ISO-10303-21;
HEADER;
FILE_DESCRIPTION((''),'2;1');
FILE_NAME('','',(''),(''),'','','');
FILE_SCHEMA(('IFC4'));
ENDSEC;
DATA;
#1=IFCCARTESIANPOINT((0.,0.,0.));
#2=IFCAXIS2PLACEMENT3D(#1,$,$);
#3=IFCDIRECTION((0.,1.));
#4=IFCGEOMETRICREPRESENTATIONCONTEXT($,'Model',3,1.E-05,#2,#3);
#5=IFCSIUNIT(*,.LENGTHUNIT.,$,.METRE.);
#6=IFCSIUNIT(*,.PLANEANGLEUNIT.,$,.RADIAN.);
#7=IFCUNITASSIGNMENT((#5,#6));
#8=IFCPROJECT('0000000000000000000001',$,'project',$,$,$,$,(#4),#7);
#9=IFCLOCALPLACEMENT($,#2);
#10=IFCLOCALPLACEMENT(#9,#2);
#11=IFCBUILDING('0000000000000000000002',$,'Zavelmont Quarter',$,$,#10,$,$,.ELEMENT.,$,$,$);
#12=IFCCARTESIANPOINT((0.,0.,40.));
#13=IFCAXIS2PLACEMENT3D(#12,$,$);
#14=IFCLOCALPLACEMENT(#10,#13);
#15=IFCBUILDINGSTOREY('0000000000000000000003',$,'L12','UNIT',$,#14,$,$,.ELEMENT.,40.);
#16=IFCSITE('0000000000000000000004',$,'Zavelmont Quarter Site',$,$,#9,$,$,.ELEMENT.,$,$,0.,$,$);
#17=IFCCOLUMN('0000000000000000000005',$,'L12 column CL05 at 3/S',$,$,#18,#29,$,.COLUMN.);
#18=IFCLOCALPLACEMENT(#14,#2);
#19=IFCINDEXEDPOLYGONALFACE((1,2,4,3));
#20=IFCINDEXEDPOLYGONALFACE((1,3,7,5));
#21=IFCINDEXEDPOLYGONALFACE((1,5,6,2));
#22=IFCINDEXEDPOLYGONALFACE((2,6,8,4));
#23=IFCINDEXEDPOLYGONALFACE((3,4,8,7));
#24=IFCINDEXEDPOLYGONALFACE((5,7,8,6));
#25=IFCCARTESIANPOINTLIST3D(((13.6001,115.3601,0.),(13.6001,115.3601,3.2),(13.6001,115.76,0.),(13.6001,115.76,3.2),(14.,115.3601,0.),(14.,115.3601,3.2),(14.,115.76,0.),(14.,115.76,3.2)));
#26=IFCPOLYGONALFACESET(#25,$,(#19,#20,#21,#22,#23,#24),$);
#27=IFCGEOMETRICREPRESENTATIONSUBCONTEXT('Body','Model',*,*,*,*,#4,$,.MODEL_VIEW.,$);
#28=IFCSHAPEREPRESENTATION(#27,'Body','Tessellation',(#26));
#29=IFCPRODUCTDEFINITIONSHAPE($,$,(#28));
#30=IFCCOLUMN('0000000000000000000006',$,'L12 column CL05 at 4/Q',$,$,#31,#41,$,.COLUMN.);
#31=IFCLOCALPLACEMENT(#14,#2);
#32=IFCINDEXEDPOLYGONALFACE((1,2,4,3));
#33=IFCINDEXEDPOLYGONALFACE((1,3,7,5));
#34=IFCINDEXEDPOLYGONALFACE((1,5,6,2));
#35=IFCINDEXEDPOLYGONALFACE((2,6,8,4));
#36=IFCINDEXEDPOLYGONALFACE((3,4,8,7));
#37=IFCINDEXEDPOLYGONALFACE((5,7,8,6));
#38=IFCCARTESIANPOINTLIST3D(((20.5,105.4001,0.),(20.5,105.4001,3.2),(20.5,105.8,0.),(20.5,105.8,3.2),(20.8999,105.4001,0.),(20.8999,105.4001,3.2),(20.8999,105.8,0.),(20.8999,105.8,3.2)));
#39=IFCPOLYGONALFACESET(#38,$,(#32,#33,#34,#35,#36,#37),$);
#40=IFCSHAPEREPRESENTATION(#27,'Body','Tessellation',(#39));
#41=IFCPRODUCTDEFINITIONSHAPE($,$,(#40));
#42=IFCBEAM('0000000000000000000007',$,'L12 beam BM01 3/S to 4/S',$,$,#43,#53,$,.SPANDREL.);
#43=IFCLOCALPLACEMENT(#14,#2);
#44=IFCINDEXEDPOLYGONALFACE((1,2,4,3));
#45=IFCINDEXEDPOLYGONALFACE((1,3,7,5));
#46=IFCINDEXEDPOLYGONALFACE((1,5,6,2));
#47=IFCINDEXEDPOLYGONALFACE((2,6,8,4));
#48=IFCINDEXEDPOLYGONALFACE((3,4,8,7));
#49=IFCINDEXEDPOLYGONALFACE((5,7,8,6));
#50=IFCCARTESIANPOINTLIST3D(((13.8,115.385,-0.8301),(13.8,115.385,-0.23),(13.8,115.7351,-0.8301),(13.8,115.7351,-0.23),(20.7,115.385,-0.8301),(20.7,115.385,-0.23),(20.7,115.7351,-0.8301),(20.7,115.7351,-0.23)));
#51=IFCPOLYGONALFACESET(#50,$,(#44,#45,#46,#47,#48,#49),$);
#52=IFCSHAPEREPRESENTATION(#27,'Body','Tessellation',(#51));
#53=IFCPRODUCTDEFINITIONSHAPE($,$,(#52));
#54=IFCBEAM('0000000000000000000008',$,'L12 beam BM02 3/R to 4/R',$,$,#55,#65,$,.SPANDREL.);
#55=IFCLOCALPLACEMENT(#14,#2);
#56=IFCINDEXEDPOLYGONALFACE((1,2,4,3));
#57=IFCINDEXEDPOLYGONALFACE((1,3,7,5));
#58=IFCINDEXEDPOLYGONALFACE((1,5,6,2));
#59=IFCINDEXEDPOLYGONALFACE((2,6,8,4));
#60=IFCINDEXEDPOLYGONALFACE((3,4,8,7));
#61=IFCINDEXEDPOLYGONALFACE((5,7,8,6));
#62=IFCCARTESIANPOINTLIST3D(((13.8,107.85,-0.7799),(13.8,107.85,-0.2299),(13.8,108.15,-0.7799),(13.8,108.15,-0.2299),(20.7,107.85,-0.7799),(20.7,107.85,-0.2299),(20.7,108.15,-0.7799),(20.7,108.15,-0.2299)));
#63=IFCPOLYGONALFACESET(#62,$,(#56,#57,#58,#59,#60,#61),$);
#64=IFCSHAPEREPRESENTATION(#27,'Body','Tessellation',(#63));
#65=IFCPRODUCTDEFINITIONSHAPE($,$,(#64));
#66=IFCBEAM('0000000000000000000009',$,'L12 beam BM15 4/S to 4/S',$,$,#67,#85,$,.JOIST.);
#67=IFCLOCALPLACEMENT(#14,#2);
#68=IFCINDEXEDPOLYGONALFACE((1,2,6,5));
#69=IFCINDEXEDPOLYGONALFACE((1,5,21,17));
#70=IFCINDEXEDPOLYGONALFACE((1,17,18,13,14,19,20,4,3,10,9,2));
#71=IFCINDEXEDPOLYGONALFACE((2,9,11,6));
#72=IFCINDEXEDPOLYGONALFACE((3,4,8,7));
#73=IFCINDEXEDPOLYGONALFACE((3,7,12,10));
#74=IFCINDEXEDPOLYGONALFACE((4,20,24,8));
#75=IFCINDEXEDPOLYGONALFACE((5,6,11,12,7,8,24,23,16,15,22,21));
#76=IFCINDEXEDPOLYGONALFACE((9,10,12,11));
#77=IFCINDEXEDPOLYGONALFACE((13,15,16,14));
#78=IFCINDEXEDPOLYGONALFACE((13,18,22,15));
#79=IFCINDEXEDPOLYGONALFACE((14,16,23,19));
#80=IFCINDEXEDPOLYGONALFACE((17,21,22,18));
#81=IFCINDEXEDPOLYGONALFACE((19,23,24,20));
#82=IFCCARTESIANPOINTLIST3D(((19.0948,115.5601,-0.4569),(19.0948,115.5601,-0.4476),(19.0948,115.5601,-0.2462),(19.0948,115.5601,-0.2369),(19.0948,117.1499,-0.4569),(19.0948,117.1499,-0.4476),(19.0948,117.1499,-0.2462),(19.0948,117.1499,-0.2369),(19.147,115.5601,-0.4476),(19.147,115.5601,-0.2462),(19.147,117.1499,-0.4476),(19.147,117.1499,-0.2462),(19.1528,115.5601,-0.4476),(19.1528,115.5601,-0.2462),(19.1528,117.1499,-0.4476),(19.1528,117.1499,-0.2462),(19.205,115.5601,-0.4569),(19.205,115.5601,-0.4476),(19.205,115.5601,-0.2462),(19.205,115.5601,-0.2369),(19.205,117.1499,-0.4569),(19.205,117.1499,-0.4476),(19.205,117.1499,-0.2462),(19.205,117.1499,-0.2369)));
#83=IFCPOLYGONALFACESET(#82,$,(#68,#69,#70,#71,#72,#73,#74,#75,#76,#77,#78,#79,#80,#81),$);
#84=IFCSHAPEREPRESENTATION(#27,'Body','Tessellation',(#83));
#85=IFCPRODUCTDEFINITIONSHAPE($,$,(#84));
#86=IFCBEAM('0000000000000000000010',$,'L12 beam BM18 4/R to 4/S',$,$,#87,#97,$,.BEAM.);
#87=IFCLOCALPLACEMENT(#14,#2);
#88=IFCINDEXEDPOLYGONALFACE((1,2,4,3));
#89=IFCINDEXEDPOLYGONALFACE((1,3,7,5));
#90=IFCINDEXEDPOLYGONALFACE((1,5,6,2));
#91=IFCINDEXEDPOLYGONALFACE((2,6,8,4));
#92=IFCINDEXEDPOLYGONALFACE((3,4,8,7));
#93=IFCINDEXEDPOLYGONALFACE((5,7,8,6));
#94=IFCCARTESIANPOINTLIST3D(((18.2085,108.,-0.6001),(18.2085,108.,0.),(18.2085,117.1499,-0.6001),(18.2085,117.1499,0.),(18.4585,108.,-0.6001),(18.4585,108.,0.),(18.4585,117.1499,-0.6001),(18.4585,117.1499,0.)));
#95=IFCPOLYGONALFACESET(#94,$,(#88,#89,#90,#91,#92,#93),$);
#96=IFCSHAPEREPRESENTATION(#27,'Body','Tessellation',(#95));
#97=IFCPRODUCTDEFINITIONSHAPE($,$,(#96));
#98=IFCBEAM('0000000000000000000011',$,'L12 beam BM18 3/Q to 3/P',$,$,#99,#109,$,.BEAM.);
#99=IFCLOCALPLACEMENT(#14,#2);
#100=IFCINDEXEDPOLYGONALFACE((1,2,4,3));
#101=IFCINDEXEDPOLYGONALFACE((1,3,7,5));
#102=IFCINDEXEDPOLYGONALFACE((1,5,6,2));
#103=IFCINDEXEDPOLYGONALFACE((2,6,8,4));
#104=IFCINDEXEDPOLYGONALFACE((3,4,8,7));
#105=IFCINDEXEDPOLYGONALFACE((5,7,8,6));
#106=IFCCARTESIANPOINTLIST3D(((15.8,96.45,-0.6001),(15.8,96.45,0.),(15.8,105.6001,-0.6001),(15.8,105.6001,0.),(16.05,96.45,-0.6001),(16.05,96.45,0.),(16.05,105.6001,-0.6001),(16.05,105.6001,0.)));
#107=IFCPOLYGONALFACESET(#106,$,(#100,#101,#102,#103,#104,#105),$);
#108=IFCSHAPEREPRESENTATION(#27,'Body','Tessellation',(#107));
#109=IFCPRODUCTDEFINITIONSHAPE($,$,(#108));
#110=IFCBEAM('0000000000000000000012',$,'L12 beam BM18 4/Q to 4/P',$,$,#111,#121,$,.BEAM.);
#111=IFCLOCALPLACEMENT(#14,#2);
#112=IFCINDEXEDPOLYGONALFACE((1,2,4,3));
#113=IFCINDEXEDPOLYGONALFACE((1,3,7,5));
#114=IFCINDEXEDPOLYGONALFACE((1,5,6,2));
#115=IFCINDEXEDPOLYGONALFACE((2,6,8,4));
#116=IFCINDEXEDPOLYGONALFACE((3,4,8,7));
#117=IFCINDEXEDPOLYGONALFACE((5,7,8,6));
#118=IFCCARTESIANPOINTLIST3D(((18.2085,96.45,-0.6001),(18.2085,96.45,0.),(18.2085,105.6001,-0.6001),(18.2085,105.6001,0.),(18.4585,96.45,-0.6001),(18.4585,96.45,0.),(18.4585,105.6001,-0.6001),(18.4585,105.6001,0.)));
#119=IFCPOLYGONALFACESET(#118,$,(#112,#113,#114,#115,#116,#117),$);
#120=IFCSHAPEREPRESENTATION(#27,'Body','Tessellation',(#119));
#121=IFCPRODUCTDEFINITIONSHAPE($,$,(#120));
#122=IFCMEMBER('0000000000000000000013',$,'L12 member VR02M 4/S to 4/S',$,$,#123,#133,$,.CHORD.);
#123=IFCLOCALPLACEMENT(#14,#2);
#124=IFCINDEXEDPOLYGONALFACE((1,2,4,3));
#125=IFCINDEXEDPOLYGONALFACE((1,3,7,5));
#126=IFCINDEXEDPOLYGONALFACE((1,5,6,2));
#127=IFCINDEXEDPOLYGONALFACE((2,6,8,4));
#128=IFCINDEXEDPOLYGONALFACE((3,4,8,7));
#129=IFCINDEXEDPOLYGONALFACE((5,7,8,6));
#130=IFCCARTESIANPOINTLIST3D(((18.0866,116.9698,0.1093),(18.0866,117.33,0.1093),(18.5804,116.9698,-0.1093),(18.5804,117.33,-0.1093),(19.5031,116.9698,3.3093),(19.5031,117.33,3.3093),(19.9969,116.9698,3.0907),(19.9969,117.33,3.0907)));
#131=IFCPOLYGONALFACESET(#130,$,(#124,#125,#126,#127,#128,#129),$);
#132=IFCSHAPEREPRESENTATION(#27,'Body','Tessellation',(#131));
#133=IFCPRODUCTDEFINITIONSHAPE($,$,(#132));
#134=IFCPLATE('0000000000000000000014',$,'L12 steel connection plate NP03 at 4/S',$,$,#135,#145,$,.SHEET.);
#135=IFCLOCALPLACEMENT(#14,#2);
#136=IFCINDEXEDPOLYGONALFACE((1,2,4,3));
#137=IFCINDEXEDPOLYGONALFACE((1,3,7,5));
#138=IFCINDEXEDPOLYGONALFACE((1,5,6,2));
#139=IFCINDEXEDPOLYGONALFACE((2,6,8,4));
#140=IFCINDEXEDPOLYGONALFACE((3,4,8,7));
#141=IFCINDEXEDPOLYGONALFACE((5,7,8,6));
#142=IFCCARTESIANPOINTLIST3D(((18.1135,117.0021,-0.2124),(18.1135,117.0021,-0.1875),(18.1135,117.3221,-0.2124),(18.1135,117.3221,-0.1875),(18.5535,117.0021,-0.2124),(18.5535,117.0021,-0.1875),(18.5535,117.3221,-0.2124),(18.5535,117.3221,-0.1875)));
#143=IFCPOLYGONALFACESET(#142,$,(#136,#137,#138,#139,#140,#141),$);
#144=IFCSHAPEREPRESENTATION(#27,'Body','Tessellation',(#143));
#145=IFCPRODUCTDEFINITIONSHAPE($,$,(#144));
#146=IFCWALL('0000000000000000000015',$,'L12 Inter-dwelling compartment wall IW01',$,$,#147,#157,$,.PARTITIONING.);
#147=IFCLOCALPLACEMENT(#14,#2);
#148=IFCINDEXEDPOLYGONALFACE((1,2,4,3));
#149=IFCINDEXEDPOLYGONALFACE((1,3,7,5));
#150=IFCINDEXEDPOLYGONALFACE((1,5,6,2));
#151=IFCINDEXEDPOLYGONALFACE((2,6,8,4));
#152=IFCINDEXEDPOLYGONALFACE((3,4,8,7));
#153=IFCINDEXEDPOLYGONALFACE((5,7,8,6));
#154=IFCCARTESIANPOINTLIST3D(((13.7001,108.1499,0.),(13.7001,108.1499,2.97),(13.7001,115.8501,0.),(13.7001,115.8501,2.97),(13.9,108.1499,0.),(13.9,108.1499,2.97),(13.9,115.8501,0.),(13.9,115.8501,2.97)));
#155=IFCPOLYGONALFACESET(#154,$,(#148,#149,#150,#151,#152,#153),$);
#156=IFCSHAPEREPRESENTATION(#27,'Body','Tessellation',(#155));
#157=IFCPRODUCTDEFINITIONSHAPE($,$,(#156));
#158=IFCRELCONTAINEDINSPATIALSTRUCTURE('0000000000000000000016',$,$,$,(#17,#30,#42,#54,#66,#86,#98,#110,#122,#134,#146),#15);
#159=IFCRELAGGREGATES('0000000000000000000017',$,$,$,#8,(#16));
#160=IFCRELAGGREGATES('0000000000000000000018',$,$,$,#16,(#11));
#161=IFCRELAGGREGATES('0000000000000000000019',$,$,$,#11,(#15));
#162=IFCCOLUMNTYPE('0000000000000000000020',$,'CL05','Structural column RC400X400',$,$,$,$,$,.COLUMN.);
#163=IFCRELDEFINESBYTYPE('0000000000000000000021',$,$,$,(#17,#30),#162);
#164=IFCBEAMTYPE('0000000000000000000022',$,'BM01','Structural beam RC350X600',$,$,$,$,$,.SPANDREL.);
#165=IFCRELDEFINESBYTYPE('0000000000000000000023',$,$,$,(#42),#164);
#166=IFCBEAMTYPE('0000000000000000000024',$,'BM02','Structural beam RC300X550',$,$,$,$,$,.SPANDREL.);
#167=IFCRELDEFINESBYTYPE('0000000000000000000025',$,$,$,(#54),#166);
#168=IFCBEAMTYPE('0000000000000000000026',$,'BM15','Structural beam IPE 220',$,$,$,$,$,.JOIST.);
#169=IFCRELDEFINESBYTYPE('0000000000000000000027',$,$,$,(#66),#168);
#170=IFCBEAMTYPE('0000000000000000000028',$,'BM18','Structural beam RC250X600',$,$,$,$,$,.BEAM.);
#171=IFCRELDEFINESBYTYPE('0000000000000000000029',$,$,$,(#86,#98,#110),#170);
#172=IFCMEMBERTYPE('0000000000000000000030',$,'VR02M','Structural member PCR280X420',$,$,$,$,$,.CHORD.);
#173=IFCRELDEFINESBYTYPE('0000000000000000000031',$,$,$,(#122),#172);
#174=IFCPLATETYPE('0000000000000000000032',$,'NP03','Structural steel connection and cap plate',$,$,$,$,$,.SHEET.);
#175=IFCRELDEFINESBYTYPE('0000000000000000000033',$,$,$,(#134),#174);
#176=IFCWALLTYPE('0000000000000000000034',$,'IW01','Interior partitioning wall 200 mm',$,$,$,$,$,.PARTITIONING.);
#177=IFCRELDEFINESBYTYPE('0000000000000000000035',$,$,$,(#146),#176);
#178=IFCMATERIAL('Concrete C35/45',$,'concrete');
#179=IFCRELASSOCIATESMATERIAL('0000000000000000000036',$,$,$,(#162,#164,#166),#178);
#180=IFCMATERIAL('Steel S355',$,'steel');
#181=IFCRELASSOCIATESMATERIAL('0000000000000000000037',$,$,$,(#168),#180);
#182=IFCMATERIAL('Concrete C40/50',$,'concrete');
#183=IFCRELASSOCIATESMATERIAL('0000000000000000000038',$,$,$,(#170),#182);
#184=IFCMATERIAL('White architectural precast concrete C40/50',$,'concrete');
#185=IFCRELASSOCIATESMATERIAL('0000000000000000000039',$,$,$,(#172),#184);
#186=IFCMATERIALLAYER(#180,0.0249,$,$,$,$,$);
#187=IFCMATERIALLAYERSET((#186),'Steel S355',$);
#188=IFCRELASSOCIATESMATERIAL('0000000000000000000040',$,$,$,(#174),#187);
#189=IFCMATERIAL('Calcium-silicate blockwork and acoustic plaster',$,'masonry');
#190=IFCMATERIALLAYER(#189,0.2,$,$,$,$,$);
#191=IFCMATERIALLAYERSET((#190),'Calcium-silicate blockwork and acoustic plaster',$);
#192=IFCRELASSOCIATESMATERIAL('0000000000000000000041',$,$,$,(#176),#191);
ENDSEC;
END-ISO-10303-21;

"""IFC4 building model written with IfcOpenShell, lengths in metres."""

from ifc_helpers import new_model, si_unit, direction, frame, frame_2d, origin, origin_2d, place, context, subcontext, project, spatial, rectangle, i_section, extrude, material, layer, layer_set, material_profile, profile_set, type_object, element, save


model = new_model("IFC4")

# Units and contexts
model_context = context("Model", 3, precision=1e-05, world=origin(), true_north=direction((0.0, 1.0)))
body_context = subcontext(model_context, "Body", "Model", "MODEL_VIEW")
ifc_project = project(units=[si_unit("LENGTHUNIT", "METRE"), si_unit("PLANEANGLEUNIT", "RADIAN")], contexts=[model_context])

# Site, building, storey
site_placement = place(None, origin())
site = spatial("IfcSite", under=ifc_project, at=site_placement, Name="Zavelmont Quarter Site", CompositionType="ELEMENT", RefElevation=0.0)
building_placement = place(site_placement, origin())
building = spatial("IfcBuilding", under=site, at=building_placement, Name="Zavelmont Quarter", CompositionType="ELEMENT")
storey_placement = place(building_placement, frame((0.0, 0.0, 40.0)))
storey = spatial("IfcBuildingStorey", under=building, at=storey_placement, Name="L12", Description="UNIT", CompositionType="ELEMENT", Elevation=40.0)

# Columns
ifc_material_1 = material(Name="Concrete C35/45", Category="concrete")
ifc_material_profile_1 = material_profile(ifc_material_1, rectangle(XDim=0.3999, YDim=0.3999, at=origin_2d()), Name="RC400X400")
ifc_profile_set_1 = profile_set([ifc_material_profile_1], Name="Concrete C35/45")
column_type = type_object("IfcColumnType", Name="CL05", Description="Structural column RC400X400", PredefinedType="COLUMN", material=ifc_profile_set_1)
for number, where, z_axis, x_axis, name in (
    (1, (13.8, 115.5601, 0.0), (0.0, 0.0, 1.0), (1.0, 0.0, 0.0), "L12 column CL05 at 3/S"),
    (2, (20.7, 105.6001, 0.0), (0.0, 0.0, 1.0), (1.0, 0.0, 0.0), "L12 column CL05 at 4/Q"),
):
    element("IfcColumn", number, at=place(storey_placement, frame(where, z_axis=z_axis, x_axis=x_axis)), inside=storey, type_object=column_type, Name=name, PredefinedType="COLUMN", context=body_context, shape_type="SweptSolid", body=[
        extrude(rectangle(XDim=0.3999, YDim=0.3999, at=origin_2d()), origin(), (0.0, 0.0, 1.0), 3.2),
    ])

# Beams
ifc_material_profile_2 = material_profile(ifc_material_1, rectangle(XDim=0.3501, YDim=0.6001, at=origin_2d()), Name="RC350X600")
ifc_profile_set_2 = profile_set([ifc_material_profile_2], Name="Concrete C35/45")
beam_type_1 = type_object("IfcBeamType", Name="BM01", Description="Structural beam RC350X600", PredefinedType="SPANDREL", material=ifc_profile_set_2)
beam_1_placement = place(storey_placement, frame((13.8, 115.5601, -0.53), z_axis=(1.0, 0.0, 0.0), x_axis=(0.0, 1.0, 0.0)))
element("IfcBeam", 3, at=beam_1_placement, inside=storey, type_object=beam_type_1, Name="L12 beam BM01 3/S to 4/S", PredefinedType="SPANDREL", context=body_context, shape_type="SweptSolid", body=[
    extrude(rectangle(XDim=0.3501, YDim=0.6001, at=origin_2d()), origin(), (0.0, 0.0, 1.0), 6.8999),
])
ifc_material_profile_3 = material_profile(ifc_material_1, rectangle(XDim=0.3, YDim=0.55, at=origin_2d()), Name="RC300X550")
ifc_profile_set_3 = profile_set([ifc_material_profile_3], Name="Concrete C35/45")
beam_type_2 = type_object("IfcBeamType", Name="BM02", Description="Structural beam RC300X550", PredefinedType="SPANDREL", material=ifc_profile_set_3)
beam_2_placement = place(storey_placement, frame((13.8, 108.0, -0.5049), z_axis=(1.0, 0.0, 0.0), x_axis=(0.0, 1.0, 0.0)))
element("IfcBeam", 4, at=beam_2_placement, inside=storey, type_object=beam_type_2, Name="L12 beam BM02 3/R to 4/R", PredefinedType="SPANDREL", context=body_context, shape_type="SweptSolid", body=[
    extrude(rectangle(XDim=0.3, YDim=0.55, at=origin_2d()), origin(), (0.0, 0.0, 1.0), 6.8999),
])
ifc_material_2 = material(Name="Steel S355", Category="steel")
ifc_material_profile_4 = material_profile(ifc_material_2, i_section(OverallWidth=0.1101, OverallDepth=0.22, WebThickness=0.0059, FlangeThickness=0.0093, at=origin_2d()), Name="IPE 220")
ifc_profile_set_4 = profile_set([ifc_material_profile_4], Name="Steel S355")
beam_type_3 = type_object("IfcBeamType", Name="BM15", Description="Structural beam IPE 220", PredefinedType="JOIST", material=ifc_profile_set_4)
beam_3_placement = place(storey_placement, frame((19.1499, 115.5601, -0.3469), z_axis=(0.0, 1.0, 0.0), x_axis=(-1.0, 0.0, 0.0)))
element("IfcBeam", 5, at=beam_3_placement, inside=storey, type_object=beam_type_3, Name="L12 beam BM15 4/S to 4/S", PredefinedType="JOIST", context=body_context, shape_type="SweptSolid", body=[
    extrude(i_section(OverallWidth=0.1101, OverallDepth=0.22, WebThickness=0.0059, FlangeThickness=0.0093, at=origin_2d()), origin(), (0.0, 0.0, 1.0), 1.5898),
])
ifc_material_3 = material(Name="Concrete C40/50", Category="concrete")
ifc_material_profile_5 = material_profile(ifc_material_3, rectangle(XDim=0.25, YDim=0.6001, at=origin_2d()), Name="RC250X600")
ifc_profile_set_5 = profile_set([ifc_material_profile_5], Name="Concrete C40/50")
beam_type_4 = type_object("IfcBeamType", Name="BM18", Description="Structural beam RC250X600", PredefinedType="BEAM", material=ifc_profile_set_5)
beam_4_placement = place(storey_placement, frame((18.3335, 108.0, -0.3), z_axis=(0.0, 1.0, 0.0), x_axis=(-1.0, 0.0, 0.0)))
element("IfcBeam", 6, at=beam_4_placement, inside=storey, type_object=beam_type_4, Name="L12 beam BM18 4/R to 4/S", PredefinedType="BEAM", context=body_context, shape_type="SweptSolid", body=[
    extrude(rectangle(XDim=0.25, YDim=0.6001, at=origin_2d()), origin(), (0.0, 0.0, 1.0), 9.1499),
])
for number, where, z_axis, x_axis, name in (
    (7, (15.925, 105.6001, -0.3), (0.0, -1.0, 0.0), (1.0, 0.0, 0.0), "L12 beam BM18 3/Q to 3/P"),
    (8, (18.3335, 105.6001, -0.3), (0.0, -1.0, 0.0), (1.0, 0.0, 0.0), "L12 beam BM18 4/Q to 4/P"),
):
    element("IfcBeam", number, at=place(storey_placement, frame(where, z_axis=z_axis, x_axis=x_axis)), inside=storey, type_object=beam_type_4, Name=name, PredefinedType="BEAM", context=body_context, shape_type="SweptSolid", body=[
        extrude(rectangle(XDim=0.25, YDim=0.6001, at=origin_2d()), origin(), (0.0, 0.0, 1.0), 9.1501),
    ])

# Member
ifc_material_4 = material(Name="White architectural precast concrete C40/50", Category="concrete")
ifc_material_profile_6 = material_profile(ifc_material_4, rectangle(XDim=0.3601, YDim=0.54, at=origin_2d()), Name="PCR280X420")
ifc_profile_set_6 = profile_set([ifc_material_profile_6], Name="White architectural precast concrete C40/50")
member_type = type_object("IfcMemberType", Name="VR02M", Description="Structural member PCR280X420", PredefinedType="CHORD", material=ifc_profile_set_6)
member_placement = place(storey_placement, frame((18.3335, 117.1499, 0.0), z_axis=(0.404779, 0.0, 0.914415), x_axis=(0.0, 1.0, 0.0)))
element("IfcMember", 9, at=member_placement, inside=storey, type_object=member_type, Name="L12 member VR02M 4/S to 4/S", PredefinedType="CHORD", context=body_context, shape_type="SweptSolid", body=[
    extrude(rectangle(XDim=0.3601, YDim=0.54, at=origin_2d()), origin(), (0.0, 0.0, 1.0), 3.4995),
])

# Plate
ifc_layer_1 = layer(ifc_material_2, 0.0249)
ifc_layer_set_1 = layer_set([ifc_layer_1], Name="Steel S355")
plate_type = type_object("IfcPlateType", Name="NP03", Description="Structural steel connection and cap plate", PredefinedType="SHEET", material=ifc_layer_set_1)
plate_placement = place(storey_placement, frame((18.3335, 117.1621, -0.2124), z_axis=(0.0, 0.0, 1.0), x_axis=(1.0, 0.0, 0.0)))
element("IfcPlate", 10, at=plate_placement, inside=storey, type_object=plate_type, Name="L12 steel connection plate NP03 at 4/S", PredefinedType="SHEET", context=body_context, shape_type="SweptSolid", body=[
    extrude(rectangle(XDim=0.4399, YDim=0.3201, at=origin_2d()), origin(), (0.0, 0.0, 1.0), 0.0249),
])

# Wall
ifc_material_5 = material(Name="Calcium-silicate blockwork and acoustic plaster", Category="masonry")
ifc_layer_2 = layer(ifc_material_5, 0.2)
ifc_layer_set_2 = layer_set([ifc_layer_2], Name="Calcium-silicate blockwork and acoustic plaster")
wall_type_1 = type_object("IfcWallType", Name="IW01", Description="Interior partitioning wall 200 mm", PredefinedType="PARTITIONING", material=ifc_layer_set_2)
wall_1_placement = place(storey_placement, frame((13.8, 108.1499, 0.0), z_axis=(0.0, 0.0, 1.0), x_axis=(0.0, 1.0, 0.0)))
element("IfcWall", 11, at=wall_1_placement, inside=storey, type_object=wall_type_1, Name="L12 Inter-dwelling compartment wall IW01", PredefinedType="PARTITIONING", context=body_context, shape_type="SweptSolid", body=[
    extrude(rectangle(XDim=7.7002, YDim=0.2, at=frame_2d((3.8501, 0.0))), origin(), (0.0, 0.0, 1.0), 2.97),
])

save(model, "model.ifc")
